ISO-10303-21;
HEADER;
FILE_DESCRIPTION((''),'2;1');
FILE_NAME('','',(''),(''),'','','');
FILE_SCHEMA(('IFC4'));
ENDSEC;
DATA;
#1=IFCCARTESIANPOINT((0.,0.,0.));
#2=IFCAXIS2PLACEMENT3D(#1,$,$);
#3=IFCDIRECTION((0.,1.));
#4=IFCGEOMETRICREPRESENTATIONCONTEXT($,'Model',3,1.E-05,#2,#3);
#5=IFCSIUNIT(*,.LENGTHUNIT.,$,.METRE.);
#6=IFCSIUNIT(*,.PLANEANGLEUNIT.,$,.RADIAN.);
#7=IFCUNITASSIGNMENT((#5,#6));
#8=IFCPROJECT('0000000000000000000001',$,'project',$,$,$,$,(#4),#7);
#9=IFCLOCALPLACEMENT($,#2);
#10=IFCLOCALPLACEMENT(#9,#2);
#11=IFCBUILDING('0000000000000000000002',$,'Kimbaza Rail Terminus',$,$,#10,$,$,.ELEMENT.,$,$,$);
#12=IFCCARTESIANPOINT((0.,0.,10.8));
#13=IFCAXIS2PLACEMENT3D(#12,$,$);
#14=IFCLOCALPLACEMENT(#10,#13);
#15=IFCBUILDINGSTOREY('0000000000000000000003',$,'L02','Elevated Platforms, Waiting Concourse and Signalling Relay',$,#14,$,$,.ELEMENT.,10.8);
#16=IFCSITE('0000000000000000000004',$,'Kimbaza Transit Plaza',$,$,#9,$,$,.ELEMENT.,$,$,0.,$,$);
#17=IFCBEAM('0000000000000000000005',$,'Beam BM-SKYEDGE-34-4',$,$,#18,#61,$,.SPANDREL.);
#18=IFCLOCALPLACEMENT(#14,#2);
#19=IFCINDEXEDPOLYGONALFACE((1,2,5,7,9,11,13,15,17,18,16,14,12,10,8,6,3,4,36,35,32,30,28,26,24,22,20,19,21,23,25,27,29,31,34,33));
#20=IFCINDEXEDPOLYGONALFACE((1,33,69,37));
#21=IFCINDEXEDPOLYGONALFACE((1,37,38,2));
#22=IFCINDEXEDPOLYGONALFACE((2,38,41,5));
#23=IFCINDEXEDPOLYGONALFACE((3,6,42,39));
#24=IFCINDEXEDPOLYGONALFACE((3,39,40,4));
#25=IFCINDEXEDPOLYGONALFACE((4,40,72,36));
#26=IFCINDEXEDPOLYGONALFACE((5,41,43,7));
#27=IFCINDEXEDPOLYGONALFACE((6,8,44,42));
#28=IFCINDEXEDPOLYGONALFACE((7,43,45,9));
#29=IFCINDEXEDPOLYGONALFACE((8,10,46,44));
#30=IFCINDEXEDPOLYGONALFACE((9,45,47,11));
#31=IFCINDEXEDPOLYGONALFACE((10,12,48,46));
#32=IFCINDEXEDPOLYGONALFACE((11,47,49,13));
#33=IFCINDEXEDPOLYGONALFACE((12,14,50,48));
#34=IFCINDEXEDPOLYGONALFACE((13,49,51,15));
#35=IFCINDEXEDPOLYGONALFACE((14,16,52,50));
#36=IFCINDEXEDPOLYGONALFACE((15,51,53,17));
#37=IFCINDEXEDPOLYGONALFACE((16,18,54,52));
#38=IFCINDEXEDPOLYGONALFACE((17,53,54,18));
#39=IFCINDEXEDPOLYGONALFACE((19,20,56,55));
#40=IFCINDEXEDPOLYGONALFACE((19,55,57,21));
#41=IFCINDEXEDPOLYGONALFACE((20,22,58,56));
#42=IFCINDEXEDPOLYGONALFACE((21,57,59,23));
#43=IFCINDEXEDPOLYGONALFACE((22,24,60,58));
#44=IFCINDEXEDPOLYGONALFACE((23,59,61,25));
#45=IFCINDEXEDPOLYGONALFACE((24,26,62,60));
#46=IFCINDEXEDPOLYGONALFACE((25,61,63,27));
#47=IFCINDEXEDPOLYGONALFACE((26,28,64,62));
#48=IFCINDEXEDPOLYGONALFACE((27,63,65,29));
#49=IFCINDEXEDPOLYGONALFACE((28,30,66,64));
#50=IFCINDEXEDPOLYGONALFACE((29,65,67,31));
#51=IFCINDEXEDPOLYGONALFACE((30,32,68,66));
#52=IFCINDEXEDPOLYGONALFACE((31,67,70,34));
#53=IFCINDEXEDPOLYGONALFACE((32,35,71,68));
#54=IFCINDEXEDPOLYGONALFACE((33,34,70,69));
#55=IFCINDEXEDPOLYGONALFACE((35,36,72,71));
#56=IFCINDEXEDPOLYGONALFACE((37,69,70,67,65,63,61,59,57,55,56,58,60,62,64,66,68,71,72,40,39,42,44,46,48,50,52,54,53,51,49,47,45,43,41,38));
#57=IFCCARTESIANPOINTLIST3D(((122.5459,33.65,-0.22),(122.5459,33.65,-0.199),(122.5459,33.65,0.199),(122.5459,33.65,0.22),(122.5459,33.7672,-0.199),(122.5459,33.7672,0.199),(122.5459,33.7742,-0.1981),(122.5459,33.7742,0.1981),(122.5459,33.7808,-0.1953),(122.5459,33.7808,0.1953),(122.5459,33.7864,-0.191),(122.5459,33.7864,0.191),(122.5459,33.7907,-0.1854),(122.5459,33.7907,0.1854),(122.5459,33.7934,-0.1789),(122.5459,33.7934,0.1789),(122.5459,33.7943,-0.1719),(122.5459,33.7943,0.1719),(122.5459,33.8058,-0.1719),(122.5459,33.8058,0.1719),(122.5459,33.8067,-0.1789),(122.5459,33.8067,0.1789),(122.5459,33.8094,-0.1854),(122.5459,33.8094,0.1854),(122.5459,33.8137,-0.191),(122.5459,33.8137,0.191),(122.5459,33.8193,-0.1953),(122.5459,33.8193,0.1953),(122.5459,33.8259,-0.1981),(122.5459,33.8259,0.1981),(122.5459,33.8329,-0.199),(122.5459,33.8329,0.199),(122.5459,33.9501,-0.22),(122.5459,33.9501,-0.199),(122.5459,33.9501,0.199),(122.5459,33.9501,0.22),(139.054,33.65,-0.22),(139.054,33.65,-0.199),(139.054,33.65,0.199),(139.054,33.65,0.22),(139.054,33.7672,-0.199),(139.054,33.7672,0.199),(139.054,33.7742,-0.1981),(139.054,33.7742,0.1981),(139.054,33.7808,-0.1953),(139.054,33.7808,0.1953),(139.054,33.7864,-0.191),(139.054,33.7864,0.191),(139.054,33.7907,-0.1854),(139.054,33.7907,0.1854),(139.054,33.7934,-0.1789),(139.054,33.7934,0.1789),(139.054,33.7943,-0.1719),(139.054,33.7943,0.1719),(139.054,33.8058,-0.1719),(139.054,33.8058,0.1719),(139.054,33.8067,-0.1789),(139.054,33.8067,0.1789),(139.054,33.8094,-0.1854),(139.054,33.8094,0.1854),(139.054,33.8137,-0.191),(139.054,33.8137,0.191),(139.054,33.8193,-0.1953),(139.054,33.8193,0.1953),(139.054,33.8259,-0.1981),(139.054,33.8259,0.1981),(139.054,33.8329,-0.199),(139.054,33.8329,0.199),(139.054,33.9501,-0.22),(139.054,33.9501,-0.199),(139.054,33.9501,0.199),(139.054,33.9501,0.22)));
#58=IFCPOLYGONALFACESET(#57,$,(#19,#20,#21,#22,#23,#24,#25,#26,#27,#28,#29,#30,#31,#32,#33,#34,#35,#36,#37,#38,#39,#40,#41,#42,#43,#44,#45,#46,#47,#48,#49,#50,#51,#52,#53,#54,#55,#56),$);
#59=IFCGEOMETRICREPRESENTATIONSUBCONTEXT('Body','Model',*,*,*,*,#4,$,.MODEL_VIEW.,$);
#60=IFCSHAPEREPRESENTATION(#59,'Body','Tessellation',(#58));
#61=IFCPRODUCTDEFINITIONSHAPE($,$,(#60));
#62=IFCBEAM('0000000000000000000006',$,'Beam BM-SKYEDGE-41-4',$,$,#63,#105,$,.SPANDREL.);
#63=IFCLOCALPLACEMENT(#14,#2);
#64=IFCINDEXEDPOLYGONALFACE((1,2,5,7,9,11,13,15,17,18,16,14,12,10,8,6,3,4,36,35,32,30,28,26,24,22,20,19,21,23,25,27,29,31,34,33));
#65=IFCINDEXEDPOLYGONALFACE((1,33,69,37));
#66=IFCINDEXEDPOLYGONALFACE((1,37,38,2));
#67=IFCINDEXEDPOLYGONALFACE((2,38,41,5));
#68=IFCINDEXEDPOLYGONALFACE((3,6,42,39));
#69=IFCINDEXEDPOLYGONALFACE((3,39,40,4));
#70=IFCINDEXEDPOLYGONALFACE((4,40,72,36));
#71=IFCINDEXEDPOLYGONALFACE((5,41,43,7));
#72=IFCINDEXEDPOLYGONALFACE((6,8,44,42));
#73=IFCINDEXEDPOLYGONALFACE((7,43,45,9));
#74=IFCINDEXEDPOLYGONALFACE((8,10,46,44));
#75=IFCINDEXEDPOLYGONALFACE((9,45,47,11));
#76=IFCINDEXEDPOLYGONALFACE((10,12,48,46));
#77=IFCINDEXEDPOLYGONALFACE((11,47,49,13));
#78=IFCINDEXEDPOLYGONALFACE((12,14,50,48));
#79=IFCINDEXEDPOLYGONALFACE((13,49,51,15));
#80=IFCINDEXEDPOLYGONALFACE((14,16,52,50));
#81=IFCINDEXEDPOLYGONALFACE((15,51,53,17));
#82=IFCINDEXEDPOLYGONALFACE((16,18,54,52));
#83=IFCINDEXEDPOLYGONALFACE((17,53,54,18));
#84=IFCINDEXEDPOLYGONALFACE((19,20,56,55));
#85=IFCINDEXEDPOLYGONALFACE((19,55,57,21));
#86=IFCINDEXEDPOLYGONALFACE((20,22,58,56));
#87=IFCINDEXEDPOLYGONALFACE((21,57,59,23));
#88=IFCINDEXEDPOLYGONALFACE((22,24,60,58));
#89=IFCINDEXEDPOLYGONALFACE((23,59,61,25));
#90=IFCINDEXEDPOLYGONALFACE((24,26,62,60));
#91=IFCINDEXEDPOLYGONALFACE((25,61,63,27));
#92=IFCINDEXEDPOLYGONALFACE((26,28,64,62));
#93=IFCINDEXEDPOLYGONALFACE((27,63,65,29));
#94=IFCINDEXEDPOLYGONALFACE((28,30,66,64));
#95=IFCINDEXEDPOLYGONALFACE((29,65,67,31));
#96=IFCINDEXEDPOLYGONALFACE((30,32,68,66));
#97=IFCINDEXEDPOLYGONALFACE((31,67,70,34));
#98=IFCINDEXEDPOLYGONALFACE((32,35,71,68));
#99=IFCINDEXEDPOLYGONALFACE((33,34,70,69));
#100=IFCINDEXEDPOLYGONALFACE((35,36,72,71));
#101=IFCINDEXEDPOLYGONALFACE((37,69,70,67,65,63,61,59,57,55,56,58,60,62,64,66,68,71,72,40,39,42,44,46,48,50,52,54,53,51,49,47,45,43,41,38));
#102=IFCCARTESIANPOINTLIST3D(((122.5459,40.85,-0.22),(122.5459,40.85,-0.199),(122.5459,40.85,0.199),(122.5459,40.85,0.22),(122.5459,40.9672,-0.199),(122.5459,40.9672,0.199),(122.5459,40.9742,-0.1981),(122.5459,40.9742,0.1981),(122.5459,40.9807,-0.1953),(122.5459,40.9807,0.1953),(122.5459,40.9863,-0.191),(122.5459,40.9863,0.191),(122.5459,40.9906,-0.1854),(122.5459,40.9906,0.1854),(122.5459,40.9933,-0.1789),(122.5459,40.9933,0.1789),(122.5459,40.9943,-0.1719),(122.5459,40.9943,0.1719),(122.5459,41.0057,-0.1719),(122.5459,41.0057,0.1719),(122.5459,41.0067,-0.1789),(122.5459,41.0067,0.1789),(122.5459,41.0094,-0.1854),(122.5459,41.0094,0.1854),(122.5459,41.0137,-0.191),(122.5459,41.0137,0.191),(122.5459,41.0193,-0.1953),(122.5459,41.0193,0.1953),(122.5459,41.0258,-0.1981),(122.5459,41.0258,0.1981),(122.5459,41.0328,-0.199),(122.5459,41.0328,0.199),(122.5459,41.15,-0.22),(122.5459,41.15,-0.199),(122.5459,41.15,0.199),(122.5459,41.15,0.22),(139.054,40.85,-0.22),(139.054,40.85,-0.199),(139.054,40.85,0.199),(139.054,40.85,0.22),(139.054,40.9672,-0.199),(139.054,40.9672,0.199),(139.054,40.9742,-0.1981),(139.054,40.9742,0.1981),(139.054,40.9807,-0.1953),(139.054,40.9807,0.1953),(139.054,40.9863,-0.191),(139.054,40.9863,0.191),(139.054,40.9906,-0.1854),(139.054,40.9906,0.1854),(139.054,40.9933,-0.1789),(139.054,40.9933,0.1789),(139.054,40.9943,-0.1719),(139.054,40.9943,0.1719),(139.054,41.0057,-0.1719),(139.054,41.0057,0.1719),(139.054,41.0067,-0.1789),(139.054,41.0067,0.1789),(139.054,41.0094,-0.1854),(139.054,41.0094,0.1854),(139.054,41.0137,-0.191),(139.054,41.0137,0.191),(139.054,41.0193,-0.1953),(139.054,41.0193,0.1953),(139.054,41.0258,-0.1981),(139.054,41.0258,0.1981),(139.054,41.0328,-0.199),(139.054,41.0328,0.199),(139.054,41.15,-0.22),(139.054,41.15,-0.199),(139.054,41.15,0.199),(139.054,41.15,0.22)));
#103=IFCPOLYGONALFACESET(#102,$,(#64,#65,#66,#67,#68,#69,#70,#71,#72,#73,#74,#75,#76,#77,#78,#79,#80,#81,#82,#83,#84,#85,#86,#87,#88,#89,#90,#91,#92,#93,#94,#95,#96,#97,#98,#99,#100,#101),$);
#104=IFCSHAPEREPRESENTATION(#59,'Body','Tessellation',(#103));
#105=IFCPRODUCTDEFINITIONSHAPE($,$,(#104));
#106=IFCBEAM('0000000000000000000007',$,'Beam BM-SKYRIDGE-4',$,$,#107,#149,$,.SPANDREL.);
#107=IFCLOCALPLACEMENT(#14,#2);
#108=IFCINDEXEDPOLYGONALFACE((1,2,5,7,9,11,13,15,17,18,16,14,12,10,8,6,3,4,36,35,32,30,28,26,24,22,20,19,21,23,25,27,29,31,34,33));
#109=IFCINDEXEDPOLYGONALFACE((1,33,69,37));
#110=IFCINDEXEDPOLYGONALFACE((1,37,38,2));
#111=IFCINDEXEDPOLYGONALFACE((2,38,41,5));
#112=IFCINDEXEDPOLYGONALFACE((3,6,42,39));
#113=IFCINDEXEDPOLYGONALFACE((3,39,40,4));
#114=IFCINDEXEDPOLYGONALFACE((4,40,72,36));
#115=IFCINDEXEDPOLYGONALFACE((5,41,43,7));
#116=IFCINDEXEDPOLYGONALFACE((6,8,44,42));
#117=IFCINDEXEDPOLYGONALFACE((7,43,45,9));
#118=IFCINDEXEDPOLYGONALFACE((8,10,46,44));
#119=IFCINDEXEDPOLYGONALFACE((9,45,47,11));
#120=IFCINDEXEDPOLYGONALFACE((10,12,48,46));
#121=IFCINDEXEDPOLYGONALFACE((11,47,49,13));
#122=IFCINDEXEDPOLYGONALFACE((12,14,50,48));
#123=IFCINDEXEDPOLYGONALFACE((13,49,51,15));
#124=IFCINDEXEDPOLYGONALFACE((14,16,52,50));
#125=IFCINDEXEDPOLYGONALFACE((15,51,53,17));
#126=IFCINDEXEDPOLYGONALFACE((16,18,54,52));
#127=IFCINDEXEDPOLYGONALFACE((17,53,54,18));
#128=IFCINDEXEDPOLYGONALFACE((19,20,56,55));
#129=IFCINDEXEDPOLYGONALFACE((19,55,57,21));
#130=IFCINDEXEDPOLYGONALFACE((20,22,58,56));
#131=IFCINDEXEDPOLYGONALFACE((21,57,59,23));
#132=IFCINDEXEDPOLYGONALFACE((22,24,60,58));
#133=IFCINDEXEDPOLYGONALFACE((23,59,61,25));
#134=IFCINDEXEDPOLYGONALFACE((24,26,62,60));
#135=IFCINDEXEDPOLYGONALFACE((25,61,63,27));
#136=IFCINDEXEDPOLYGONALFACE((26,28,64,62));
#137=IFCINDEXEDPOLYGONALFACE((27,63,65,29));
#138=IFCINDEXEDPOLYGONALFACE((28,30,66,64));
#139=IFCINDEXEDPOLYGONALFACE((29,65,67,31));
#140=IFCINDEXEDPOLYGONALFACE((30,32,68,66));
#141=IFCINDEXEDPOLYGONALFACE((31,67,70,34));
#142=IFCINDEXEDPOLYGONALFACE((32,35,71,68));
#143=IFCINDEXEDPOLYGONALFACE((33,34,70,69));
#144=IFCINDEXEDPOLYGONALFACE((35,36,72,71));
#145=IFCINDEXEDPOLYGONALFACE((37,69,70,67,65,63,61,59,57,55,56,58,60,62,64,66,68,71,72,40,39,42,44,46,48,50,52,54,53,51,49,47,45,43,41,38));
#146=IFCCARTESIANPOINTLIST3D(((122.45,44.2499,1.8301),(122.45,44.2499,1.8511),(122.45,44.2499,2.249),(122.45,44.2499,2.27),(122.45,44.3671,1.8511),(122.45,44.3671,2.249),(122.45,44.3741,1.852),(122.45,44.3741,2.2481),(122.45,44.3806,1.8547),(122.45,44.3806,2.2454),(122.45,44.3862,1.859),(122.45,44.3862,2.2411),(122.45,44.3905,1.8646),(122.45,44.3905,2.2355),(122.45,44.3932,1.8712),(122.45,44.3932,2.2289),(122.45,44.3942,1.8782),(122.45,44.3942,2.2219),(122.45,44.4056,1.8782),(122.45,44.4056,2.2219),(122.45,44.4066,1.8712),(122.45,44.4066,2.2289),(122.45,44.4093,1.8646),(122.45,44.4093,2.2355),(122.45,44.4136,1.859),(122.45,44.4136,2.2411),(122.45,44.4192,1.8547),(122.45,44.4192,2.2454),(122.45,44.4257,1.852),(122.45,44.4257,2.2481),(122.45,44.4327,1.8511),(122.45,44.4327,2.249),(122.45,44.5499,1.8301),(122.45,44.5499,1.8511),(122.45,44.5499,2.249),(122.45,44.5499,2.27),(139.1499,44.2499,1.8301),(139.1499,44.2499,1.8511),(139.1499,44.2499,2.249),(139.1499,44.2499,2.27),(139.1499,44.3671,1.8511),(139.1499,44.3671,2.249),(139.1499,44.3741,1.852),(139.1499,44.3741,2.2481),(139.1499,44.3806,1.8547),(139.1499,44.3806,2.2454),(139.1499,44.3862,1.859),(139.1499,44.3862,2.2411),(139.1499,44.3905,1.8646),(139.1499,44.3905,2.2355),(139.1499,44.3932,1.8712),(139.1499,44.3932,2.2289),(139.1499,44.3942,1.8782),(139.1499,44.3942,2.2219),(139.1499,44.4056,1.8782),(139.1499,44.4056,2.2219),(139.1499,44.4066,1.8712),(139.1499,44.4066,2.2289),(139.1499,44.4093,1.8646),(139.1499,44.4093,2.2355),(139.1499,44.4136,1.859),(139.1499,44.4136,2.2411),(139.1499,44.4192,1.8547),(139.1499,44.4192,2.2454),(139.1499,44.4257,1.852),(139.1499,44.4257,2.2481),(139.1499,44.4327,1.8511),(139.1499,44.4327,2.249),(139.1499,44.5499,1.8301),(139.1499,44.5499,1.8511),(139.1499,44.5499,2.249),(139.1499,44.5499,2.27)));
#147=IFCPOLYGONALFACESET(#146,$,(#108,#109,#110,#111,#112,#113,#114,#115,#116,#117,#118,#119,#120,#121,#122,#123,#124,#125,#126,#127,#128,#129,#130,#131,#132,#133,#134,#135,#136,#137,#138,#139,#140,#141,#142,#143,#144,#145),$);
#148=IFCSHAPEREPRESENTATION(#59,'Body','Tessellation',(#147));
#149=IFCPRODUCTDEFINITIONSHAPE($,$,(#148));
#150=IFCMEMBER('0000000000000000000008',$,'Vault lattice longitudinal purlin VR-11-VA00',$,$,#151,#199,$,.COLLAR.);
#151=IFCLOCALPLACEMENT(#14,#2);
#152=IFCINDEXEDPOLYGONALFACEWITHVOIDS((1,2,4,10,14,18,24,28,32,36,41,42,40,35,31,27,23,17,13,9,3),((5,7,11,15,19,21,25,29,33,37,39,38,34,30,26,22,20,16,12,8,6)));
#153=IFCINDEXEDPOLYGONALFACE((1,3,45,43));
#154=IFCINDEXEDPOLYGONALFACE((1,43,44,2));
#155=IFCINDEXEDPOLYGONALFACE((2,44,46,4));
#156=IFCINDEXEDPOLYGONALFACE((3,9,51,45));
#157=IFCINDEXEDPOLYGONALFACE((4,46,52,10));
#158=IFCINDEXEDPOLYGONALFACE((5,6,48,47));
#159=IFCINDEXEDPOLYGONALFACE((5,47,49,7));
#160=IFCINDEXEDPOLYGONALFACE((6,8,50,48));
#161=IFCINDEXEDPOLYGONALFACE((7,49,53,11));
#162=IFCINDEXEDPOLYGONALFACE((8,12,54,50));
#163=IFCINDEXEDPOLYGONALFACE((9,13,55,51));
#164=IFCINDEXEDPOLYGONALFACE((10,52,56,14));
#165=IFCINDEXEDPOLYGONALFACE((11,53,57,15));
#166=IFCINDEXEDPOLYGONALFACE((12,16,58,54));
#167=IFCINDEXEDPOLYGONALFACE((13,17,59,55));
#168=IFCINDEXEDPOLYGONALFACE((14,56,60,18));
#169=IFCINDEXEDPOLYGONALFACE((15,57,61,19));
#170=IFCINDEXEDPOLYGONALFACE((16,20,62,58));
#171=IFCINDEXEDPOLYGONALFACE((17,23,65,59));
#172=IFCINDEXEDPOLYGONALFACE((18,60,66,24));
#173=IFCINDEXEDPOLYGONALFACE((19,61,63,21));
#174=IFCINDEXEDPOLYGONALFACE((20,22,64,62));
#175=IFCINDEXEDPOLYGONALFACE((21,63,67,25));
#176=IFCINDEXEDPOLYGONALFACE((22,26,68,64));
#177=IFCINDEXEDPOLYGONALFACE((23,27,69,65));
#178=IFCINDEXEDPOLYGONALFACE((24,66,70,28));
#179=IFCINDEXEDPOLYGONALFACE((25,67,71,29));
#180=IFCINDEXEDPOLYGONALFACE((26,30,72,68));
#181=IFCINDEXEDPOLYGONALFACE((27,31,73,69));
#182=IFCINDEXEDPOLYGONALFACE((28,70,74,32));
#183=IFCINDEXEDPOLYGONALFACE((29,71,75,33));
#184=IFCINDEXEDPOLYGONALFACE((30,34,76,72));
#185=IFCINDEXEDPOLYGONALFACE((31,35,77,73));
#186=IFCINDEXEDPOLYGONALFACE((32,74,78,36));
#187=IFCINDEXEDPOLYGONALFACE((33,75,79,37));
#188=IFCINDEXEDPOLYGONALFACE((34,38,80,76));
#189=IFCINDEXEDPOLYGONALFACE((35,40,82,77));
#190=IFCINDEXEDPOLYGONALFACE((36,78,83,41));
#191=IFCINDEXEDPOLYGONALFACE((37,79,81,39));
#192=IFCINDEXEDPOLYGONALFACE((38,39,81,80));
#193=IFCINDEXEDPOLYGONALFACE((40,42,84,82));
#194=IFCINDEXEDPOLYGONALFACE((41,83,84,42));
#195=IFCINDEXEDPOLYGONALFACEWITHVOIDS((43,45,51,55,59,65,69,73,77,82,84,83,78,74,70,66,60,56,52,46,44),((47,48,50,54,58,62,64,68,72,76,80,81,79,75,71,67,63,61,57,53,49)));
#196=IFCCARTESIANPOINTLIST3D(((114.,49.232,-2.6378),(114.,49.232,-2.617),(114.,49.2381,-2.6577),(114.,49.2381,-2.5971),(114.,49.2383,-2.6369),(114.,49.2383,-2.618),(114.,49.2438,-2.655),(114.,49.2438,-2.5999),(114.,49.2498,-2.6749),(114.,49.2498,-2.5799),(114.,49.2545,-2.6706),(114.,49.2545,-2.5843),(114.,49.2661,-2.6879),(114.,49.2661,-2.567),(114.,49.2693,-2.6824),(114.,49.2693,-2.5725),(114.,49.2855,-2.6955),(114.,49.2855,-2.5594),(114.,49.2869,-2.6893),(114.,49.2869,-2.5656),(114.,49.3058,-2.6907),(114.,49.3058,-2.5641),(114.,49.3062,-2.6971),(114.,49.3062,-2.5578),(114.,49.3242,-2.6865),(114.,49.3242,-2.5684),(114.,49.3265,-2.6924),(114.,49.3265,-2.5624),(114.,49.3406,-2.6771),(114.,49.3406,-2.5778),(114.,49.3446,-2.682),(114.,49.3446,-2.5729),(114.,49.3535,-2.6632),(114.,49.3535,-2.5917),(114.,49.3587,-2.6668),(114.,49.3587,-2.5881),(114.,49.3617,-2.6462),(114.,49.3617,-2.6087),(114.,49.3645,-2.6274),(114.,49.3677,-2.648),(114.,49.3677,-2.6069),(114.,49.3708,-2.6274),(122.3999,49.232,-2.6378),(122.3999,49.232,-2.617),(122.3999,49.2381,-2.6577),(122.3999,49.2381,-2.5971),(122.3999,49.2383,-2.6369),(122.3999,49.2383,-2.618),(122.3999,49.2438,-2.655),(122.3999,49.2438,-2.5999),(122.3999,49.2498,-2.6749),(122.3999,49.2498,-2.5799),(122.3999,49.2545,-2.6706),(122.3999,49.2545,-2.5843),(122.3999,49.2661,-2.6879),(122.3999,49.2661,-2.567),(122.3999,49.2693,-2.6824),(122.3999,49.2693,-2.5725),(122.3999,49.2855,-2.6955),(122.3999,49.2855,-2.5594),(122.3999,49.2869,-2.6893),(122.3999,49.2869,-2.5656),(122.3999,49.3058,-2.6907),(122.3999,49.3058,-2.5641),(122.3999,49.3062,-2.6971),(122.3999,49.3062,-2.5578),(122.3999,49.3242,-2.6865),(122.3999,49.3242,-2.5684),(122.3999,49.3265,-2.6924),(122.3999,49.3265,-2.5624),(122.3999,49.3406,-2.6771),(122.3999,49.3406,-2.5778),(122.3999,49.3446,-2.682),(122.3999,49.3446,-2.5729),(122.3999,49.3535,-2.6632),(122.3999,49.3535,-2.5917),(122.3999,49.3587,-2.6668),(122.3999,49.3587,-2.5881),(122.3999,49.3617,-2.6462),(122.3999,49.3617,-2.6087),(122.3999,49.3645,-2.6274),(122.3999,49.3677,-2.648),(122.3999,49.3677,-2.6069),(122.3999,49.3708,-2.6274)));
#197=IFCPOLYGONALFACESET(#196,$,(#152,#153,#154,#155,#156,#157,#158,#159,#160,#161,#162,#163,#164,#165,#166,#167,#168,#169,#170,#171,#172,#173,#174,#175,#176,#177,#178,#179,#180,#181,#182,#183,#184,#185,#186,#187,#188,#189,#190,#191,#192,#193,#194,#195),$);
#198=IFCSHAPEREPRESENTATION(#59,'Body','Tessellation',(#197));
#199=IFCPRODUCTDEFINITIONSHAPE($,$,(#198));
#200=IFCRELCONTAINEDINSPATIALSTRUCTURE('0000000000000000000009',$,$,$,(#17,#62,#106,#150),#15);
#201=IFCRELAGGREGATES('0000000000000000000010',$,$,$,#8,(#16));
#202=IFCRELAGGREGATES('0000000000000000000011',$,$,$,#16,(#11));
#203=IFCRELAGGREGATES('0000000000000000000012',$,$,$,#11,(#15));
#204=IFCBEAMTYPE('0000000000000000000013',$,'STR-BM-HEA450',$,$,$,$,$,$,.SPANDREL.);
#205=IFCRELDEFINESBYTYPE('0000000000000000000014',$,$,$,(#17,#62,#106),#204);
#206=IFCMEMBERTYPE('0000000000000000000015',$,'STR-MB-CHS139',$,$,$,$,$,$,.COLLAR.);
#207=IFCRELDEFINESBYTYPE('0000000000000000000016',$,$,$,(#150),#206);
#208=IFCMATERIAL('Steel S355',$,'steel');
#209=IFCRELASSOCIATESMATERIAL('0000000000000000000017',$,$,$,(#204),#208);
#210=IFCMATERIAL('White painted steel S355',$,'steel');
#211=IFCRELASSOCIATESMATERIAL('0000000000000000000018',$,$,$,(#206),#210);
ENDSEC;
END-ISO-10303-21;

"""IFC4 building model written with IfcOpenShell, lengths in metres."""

from ifc_helpers import new_model, si_unit, direction, frame, origin, origin_2d, place, context, subcontext, project, spatial, hollow_circle, i_section, extrude, material, material_profile, profile_set, type_object, element, save


model = new_model("IFC4")

# Units and contexts
model_context = context("Model", 3, precision=1e-05, world=origin(), true_north=direction((0.0, 1.0)))
body_context = subcontext(model_context, "Body", "Model", "MODEL_VIEW")
ifc_project = project(units=[si_unit("LENGTHUNIT", "METRE"), si_unit("PLANEANGLEUNIT", "RADIAN")], contexts=[model_context])

# Site, building, storey
site_placement = place(None, origin())
site = spatial("IfcSite", under=ifc_project, at=site_placement, Name="Kimbaza Transit Plaza", CompositionType="ELEMENT", RefElevation=0.0)
building_placement = place(site_placement, origin())
building = spatial("IfcBuilding", under=site, at=building_placement, Name="Kimbaza Rail Terminus", CompositionType="ELEMENT")
storey_placement = place(building_placement, frame((0.0, 0.0, 10.8)))
storey = spatial("IfcBuildingStorey", under=building, at=storey_placement, Name="L02", Description="Elevated Platforms, Waiting Concourse and Signalling Relay", CompositionType="ELEMENT", Elevation=10.8)

# Beams
ifc_material_1 = material(Name="Steel S355", Category="steel")
ifc_material_profile_1 = material_profile(ifc_material_1, i_section(OverallWidth=0.3, OverallDepth=0.4399, WebThickness=0.0115, FlangeThickness=0.021, FilletRadius=0.0271, at=origin_2d()), Name="HEA 450")
ifc_profile_set_1 = profile_set([ifc_material_profile_1], Name="Steel S355")
beam_type = type_object("IfcBeamType", Name="STR-BM-HEA450", PredefinedType="SPANDREL", material=ifc_profile_set_1)
for number, where, z_axis, x_axis, name in (
    (1, (122.5459, 33.8, 0.0), (1.0, 0.0, 0.0), (0.0, 1.0, 0.0), "Beam BM-SKYEDGE-34-4"),
    (2, (122.5459, 41.0, 0.0), (1.0, 0.0, 0.0), (0.0, 1.0, 0.0), "Beam BM-SKYEDGE-41-4"),
):
    element("IfcBeam", number, at=place(storey_placement, frame(where, z_axis=z_axis, x_axis=x_axis)), inside=storey, type_object=beam_type, Name=name, PredefinedType="SPANDREL", context=body_context, shape_type="SweptSolid", body=[
        extrude(i_section(OverallWidth=0.3, OverallDepth=0.4399, WebThickness=0.0115, FlangeThickness=0.021, FilletRadius=0.0271, at=origin_2d()), origin(), (0.0, 0.0, 1.0), 16.5081),
    ])
beam_placement = place(storey_placement, frame((122.45, 44.3999, 2.05), z_axis=(1.0, 0.0, 0.0), x_axis=(0.0, 1.0, 0.0)))
element("IfcBeam", 3, at=beam_placement, inside=storey, type_object=beam_type, Name="Beam BM-SKYRIDGE-4", PredefinedType="SPANDREL", context=body_context, shape_type="SweptSolid", body=[
    extrude(i_section(OverallWidth=0.3, OverallDepth=0.4399, WebThickness=0.0115, FlangeThickness=0.021, FilletRadius=0.0271, at=origin_2d()), origin(), (0.0, 0.0, 1.0), 16.7),
])

# Member
ifc_material_2 = material(Name="White painted steel S355", Category="steel")
ifc_material_profile_2 = material_profile(ifc_material_2, hollow_circle(Radius=0.0698, WallThickness=0.0063, at=origin_2d()), Name="CHS 139.7x6.3")
ifc_profile_set_2 = profile_set([ifc_material_profile_2], Name="White painted steel S355")
member_type_1 = type_object("IfcMemberType", Name="STR-MB-CHS139", PredefinedType="COLLAR", material=ifc_profile_set_2)
member_1_placement = place(storey_placement, frame((114.0, 49.301, -2.6274), z_axis=(1.0, 0.0, 0.0), x_axis=(0.0, 1.0, 0.0)))
element("IfcMember", 4, at=member_1_placement, inside=storey, type_object=member_type_1, Name="Vault lattice longitudinal purlin VR-11-VA00", PredefinedType="COLLAR", context=body_context, shape_type="SweptSolid", body=[
    extrude(hollow_circle(Radius=0.0698, WallThickness=0.0063, at=origin_2d()), origin(), (0.0, 0.0, 1.0), 8.3999),
])

save(model, "model.ifc")
